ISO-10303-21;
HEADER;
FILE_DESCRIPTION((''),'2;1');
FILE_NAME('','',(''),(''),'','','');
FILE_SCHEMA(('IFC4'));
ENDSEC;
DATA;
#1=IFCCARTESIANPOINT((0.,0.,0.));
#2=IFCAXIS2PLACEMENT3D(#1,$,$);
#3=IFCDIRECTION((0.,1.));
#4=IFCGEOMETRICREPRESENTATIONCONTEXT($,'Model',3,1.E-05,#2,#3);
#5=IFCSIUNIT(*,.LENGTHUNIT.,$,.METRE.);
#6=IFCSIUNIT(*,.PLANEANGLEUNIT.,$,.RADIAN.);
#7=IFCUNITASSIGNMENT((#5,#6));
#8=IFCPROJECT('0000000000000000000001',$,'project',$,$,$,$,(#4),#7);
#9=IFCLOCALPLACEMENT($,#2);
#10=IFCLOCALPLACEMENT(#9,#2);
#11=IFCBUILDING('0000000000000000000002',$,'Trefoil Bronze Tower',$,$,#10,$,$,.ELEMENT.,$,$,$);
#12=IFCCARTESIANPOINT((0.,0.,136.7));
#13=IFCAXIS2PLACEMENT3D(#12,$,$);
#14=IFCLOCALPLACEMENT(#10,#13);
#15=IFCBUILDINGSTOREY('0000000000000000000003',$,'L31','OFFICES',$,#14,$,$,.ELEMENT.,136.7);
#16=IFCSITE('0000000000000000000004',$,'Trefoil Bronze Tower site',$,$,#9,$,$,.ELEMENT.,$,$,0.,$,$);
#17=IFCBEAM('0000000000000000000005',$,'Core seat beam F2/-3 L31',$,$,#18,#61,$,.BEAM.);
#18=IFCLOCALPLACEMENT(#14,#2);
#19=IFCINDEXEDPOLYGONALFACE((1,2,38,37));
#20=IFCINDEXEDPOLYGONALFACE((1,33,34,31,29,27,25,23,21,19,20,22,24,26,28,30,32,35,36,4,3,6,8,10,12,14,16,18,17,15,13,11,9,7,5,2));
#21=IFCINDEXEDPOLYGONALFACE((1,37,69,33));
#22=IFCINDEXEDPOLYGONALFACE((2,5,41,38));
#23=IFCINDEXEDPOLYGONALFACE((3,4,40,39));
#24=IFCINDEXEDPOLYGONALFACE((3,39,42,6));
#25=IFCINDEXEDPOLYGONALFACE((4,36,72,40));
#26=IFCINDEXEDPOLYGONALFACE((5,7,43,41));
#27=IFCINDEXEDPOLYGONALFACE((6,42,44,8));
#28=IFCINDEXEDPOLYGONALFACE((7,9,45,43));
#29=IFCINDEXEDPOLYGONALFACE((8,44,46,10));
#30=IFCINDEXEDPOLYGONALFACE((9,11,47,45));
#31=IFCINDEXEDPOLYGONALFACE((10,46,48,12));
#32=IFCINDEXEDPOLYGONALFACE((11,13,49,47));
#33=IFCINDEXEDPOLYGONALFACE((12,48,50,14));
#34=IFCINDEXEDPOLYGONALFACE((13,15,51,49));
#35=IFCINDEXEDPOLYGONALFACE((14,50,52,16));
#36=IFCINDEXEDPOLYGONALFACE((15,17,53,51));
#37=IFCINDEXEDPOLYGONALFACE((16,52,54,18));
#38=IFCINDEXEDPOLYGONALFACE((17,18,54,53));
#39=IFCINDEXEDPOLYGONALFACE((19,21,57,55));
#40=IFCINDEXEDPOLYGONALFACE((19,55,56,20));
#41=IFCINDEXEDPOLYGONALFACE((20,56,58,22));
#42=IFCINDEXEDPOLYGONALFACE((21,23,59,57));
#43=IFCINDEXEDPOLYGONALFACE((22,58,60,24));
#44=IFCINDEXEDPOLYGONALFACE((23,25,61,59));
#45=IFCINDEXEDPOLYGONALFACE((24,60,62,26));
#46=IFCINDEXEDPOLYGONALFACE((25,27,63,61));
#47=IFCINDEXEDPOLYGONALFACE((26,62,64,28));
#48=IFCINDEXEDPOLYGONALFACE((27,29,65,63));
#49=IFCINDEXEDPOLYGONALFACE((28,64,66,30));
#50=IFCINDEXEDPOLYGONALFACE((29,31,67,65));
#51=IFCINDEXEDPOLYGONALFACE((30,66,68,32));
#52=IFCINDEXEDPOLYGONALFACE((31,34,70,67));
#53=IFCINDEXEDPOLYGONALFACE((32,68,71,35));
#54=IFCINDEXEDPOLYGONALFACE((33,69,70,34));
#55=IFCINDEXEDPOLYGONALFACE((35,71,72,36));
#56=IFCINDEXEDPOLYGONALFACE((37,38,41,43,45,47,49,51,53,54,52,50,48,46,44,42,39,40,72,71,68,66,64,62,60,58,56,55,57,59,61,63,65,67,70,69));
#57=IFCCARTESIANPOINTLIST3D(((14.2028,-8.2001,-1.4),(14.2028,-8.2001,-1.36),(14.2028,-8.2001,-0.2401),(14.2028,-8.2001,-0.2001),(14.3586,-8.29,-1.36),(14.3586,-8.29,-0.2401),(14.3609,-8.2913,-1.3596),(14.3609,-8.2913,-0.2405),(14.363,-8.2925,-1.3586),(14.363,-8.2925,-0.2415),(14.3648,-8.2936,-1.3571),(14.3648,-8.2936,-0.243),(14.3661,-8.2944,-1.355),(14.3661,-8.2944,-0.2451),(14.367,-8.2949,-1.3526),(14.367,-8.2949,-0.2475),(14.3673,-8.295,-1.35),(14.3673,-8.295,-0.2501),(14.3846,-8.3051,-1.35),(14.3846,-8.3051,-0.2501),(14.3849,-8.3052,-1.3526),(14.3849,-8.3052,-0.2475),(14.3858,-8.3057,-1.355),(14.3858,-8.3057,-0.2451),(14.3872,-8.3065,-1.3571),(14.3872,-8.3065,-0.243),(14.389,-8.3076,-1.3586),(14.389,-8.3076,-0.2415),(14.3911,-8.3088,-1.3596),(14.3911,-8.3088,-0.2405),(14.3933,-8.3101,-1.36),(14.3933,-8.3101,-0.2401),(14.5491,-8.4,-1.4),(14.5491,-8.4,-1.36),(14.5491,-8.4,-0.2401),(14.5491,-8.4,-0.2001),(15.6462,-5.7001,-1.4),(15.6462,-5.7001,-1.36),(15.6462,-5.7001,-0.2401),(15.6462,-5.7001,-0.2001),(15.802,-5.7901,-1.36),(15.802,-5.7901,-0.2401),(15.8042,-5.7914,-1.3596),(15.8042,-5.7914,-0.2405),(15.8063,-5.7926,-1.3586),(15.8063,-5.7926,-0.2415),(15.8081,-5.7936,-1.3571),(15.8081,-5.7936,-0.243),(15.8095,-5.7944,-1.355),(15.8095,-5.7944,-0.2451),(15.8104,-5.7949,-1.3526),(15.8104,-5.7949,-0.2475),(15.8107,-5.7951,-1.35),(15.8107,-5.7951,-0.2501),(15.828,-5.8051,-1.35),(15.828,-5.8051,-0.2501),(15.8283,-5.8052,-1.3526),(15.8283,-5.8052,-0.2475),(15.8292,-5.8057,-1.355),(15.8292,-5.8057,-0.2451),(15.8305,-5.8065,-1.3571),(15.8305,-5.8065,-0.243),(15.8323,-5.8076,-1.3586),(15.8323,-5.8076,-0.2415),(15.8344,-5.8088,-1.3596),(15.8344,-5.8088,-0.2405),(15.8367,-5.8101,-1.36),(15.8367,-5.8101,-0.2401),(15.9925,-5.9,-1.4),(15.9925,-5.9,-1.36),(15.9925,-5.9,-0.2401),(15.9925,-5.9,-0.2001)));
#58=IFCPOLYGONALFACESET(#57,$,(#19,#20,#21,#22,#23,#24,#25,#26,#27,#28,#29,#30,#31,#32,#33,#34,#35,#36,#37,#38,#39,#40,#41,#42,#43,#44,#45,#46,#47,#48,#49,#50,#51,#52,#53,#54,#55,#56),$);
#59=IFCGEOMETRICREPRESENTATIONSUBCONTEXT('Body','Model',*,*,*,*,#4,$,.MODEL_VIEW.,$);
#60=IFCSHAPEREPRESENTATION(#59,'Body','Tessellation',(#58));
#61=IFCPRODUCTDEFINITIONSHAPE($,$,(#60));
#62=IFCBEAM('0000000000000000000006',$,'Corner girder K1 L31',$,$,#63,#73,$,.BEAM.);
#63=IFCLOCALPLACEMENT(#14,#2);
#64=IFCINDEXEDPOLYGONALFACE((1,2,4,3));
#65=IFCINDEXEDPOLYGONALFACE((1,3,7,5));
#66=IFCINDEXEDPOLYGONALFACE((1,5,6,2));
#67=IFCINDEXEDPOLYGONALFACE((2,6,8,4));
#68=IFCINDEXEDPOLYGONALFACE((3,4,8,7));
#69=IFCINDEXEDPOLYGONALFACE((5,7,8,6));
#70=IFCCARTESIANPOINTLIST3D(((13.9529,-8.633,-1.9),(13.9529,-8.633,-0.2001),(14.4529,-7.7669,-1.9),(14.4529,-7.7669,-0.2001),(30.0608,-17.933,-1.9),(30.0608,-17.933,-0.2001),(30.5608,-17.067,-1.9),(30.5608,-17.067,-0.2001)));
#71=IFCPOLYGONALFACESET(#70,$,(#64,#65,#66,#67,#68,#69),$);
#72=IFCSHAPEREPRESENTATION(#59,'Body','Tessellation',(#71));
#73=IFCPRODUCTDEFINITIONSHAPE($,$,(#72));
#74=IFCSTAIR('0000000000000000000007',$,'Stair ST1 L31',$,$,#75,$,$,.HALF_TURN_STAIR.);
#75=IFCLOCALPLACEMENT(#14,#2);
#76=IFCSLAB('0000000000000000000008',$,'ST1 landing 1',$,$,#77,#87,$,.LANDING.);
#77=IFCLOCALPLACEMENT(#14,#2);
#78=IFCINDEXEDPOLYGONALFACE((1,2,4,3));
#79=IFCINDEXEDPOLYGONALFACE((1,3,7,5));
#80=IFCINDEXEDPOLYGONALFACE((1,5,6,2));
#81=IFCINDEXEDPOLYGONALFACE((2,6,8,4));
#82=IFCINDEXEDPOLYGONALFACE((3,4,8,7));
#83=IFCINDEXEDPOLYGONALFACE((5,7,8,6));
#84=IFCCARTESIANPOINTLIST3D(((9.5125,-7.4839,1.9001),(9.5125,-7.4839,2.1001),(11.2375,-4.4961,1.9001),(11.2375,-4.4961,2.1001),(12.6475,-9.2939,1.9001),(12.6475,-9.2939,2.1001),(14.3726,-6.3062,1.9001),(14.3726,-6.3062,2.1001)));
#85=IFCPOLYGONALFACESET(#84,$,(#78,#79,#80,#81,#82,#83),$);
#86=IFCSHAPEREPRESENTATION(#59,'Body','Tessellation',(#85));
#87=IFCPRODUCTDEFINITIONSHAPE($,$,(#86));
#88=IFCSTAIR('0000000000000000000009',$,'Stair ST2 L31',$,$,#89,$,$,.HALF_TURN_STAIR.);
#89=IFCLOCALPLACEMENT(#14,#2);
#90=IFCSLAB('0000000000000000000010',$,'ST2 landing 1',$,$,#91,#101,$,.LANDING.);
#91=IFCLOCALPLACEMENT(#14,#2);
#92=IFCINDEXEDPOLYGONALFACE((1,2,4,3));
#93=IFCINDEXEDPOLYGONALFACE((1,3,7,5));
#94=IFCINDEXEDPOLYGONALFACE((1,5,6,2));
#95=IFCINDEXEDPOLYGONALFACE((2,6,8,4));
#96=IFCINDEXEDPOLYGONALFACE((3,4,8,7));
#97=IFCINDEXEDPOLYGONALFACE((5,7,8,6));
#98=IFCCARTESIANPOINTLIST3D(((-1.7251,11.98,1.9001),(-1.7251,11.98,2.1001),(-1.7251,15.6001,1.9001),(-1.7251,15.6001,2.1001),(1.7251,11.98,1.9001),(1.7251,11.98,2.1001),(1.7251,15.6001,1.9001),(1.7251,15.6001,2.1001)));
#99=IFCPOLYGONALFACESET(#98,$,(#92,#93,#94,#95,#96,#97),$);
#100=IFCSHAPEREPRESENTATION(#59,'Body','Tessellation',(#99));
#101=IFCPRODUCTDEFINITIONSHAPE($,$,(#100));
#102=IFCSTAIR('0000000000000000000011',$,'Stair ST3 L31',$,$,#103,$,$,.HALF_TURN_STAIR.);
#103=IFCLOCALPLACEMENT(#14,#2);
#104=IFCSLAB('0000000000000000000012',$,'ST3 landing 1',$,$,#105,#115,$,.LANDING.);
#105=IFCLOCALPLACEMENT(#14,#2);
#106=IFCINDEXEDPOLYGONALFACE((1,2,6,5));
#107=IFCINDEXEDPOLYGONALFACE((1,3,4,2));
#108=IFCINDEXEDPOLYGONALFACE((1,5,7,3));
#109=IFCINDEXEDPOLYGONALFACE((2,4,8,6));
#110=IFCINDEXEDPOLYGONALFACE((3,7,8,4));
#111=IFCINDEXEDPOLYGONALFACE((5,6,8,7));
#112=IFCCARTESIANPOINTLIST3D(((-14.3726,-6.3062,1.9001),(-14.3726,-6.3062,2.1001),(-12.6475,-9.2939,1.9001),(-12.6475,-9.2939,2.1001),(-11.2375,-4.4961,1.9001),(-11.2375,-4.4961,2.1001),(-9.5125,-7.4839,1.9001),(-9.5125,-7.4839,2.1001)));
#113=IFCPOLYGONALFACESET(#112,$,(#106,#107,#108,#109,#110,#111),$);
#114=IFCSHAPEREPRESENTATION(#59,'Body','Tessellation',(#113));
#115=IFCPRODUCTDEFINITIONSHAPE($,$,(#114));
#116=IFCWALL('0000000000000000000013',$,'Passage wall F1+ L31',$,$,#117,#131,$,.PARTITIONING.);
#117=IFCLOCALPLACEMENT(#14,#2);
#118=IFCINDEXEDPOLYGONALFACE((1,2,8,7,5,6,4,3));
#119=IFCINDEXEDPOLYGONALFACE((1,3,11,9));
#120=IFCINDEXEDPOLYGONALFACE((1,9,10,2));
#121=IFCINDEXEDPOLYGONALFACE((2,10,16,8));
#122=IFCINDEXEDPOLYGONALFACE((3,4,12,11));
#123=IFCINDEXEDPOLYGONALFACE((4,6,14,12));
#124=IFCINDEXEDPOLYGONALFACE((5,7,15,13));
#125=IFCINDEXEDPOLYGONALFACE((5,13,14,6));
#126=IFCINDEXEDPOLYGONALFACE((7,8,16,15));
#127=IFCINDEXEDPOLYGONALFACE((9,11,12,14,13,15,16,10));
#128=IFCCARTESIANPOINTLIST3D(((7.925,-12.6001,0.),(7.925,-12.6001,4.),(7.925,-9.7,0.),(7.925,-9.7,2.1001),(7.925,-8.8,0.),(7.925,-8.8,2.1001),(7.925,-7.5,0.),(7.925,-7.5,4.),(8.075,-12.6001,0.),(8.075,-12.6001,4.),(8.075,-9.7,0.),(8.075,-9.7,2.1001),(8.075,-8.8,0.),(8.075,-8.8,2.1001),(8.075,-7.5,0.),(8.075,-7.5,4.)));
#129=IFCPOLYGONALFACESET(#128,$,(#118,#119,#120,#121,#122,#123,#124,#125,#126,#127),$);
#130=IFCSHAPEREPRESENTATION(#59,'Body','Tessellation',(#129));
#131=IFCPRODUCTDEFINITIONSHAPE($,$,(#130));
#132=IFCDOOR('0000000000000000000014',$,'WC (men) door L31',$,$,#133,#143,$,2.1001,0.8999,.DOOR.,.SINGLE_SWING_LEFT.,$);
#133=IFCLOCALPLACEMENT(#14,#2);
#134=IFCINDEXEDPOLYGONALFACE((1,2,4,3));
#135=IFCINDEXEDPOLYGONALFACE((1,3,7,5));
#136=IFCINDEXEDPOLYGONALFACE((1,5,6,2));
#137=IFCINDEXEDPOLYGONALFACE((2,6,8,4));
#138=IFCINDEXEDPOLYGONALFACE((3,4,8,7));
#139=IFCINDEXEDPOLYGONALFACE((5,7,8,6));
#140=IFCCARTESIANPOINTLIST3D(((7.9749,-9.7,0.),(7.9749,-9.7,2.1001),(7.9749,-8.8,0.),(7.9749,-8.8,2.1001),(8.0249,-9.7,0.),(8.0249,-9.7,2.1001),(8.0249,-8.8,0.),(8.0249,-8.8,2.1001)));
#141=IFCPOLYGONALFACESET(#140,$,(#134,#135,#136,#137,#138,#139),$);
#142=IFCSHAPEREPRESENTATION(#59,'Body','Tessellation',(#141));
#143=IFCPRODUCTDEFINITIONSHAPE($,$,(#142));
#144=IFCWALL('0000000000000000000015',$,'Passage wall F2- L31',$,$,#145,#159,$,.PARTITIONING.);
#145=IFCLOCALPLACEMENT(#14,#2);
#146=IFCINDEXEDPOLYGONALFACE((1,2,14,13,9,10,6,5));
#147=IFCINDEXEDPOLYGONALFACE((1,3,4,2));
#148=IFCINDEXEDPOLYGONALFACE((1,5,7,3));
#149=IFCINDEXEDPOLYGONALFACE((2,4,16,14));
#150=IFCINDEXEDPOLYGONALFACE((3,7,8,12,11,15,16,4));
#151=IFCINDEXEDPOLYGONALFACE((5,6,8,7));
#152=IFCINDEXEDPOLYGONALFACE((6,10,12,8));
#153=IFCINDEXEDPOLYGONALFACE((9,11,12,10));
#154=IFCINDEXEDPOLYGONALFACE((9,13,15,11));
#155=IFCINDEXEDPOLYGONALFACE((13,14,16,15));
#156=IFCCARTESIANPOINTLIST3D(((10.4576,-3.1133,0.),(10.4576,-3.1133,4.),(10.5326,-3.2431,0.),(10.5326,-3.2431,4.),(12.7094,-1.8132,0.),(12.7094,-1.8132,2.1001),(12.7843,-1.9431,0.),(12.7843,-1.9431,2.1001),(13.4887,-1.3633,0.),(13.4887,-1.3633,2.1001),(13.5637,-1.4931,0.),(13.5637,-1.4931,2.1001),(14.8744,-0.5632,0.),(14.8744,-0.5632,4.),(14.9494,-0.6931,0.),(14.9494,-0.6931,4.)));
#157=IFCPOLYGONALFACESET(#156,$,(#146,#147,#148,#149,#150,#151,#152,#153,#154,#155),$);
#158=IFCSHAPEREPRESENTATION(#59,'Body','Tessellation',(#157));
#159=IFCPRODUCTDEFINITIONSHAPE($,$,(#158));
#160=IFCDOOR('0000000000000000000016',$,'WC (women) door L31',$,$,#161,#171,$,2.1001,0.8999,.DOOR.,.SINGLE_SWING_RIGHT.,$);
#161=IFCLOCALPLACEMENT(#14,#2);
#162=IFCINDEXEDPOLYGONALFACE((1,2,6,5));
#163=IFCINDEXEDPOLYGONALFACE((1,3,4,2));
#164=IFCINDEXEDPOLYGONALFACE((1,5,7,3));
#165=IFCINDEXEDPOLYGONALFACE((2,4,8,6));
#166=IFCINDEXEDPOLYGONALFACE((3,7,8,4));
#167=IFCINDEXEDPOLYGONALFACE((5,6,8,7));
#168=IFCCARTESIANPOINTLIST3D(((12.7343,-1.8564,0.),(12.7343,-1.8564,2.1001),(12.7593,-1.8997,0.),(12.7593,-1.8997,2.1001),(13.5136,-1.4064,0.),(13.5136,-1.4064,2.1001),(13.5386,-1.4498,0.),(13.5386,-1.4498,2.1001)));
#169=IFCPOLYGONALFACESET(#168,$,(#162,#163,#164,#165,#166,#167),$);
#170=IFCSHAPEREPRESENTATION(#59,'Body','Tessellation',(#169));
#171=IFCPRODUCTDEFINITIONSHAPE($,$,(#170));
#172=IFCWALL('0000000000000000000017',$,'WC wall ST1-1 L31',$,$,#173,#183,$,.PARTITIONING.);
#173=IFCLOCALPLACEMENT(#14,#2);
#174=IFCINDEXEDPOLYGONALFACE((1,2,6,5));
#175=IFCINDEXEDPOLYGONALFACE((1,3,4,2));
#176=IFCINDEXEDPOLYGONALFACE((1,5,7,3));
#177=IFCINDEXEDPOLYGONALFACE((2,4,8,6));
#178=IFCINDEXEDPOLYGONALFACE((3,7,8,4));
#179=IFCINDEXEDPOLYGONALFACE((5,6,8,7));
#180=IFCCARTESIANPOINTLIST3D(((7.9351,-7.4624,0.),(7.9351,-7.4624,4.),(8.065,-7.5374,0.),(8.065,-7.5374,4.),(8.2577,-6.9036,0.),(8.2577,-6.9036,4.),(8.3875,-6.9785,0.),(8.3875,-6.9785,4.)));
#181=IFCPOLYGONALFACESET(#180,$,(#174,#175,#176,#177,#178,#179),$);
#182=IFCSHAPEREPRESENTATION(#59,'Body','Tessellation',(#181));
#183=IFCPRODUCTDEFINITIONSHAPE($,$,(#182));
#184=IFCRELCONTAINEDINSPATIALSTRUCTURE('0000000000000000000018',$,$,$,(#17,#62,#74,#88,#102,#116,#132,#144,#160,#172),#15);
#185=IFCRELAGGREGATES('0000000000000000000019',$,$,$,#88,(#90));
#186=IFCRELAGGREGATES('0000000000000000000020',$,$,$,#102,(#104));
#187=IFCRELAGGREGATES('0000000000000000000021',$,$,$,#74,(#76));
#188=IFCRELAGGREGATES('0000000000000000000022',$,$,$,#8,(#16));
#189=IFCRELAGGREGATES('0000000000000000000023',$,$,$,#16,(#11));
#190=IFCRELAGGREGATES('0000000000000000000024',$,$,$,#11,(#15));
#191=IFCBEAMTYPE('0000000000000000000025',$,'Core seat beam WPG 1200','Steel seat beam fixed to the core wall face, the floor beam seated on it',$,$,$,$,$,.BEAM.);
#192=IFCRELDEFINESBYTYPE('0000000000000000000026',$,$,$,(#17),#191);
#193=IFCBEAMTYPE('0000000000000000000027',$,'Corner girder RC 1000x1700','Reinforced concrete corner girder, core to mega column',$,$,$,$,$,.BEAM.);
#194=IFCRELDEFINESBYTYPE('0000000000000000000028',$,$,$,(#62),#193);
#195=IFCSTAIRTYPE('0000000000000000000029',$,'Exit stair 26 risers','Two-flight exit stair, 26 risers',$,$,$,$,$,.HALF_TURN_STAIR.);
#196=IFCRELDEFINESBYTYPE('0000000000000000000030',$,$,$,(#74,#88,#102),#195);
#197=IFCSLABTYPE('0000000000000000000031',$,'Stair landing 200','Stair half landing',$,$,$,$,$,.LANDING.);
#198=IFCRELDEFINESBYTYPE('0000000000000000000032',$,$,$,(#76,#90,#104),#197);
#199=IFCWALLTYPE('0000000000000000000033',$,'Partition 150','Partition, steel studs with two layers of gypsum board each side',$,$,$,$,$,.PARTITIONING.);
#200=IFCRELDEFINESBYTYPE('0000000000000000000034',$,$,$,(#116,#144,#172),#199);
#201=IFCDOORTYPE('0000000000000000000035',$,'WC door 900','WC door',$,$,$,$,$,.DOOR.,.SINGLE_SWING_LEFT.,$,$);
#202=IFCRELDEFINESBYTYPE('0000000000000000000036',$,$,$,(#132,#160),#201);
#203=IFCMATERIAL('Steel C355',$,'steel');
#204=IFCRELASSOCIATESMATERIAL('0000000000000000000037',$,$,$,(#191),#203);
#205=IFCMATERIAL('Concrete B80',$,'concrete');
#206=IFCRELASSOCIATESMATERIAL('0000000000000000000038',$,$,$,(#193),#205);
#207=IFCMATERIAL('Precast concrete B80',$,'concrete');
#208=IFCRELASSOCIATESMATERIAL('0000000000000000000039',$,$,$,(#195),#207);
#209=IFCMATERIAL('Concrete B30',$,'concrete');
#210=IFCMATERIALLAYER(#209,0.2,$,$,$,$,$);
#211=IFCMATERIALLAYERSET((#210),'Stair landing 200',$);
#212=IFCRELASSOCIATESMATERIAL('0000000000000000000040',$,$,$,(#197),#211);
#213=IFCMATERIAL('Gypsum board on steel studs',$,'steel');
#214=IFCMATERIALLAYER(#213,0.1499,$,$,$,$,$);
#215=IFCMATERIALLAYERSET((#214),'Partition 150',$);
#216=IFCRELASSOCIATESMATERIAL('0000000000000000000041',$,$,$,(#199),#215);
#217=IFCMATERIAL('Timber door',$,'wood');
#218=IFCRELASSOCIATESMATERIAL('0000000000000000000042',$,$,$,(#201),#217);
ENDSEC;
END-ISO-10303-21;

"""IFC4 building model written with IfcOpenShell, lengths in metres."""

from ifc_helpers import new_model, si_unit, direction, frame, frame_2d, origin, origin_2d, place, context, subcontext, project, spatial, polyline, rectangle, i_section, outline, extrude, material, layer, layer_set, material_profile, profile_set, type_object, element, fill, aggregate, save


model = new_model("IFC4")

# Units and contexts
model_context = context("Model", 3, precision=1e-05, world=origin(), true_north=direction((0.0, 1.0)))
body_context = subcontext(model_context, "Body", "Model", "MODEL_VIEW")
ifc_project = project(units=[si_unit("LENGTHUNIT", "METRE"), si_unit("PLANEANGLEUNIT", "RADIAN")], contexts=[model_context])

# Site, building, storey
site_placement = place(None, origin())
site = spatial("IfcSite", under=ifc_project, at=site_placement, Name="Trefoil Bronze Tower site", CompositionType="ELEMENT", RefElevation=0.0)
building_placement = place(site_placement, origin())
building = spatial("IfcBuilding", under=site, at=building_placement, Name="Trefoil Bronze Tower", CompositionType="ELEMENT")
storey_placement = place(building_placement, frame((0.0, 0.0, 136.7)))
storey = spatial("IfcBuildingStorey", under=building, at=storey_placement, Name="L31", Description="OFFICES", CompositionType="ELEMENT", Elevation=136.7)

# Beams
ifc_material_1 = material(Name="Steel C355", Category="steel")
ifc_material_profile_1 = material_profile(ifc_material_1, i_section(OverallWidth=0.3999, OverallDepth=1.2, WebThickness=0.02, FlangeThickness=0.04, FilletRadius=0.01, at=origin_2d()), Name="WPG 1200")
ifc_profile_set_1 = profile_set([ifc_material_profile_1], Name="Steel C355")
beam_type_1 = type_object("IfcBeamType", Name="Core seat beam WPG 1200", Description="Steel seat beam fixed to the core wall face, the floor beam seated on it", PredefinedType="BEAM", material=ifc_profile_set_1)
beam_1_placement = place(storey_placement, frame((14.376, -8.3, -0.8), z_axis=(0.499996, 0.866028, 0.0), x_axis=(-0.866028, 0.499996, 0.0)))
element("IfcBeam", 1, at=beam_1_placement, inside=storey, type_object=beam_type_1, Name="Core seat beam F2/-3 L31", PredefinedType="BEAM", context=body_context, shape_type="SweptSolid", body=[
    extrude(i_section(OverallWidth=0.3999, OverallDepth=1.2, WebThickness=0.02, FlangeThickness=0.04, FilletRadius=0.01, at=origin_2d()), origin(), (0.0, 0.0, 1.0), 2.8867),
])
ifc_material_2 = material(Name="Concrete B80", Category="concrete")
ifc_material_profile_2 = material_profile(ifc_material_2, rectangle(XDim=1.0, YDim=1.7, at=origin_2d()), Name="RC 1000x1700")
ifc_profile_set_2 = profile_set([ifc_material_profile_2], Name="Concrete B80")
beam_type_2 = type_object("IfcBeamType", Name="Corner girder RC 1000x1700", Description="Reinforced concrete corner girder, core to mega column", PredefinedType="BEAM", material=ifc_profile_set_2)
beam_2_placement = place(storey_placement, frame((14.2029, -8.2, -1.05), z_axis=(0.866022, -0.500006, 0.0), x_axis=(0.500006, 0.866022, 0.0)))
element("IfcBeam", 2, at=beam_2_placement, inside=storey, type_object=beam_type_2, Name="Corner girder K1 L31", PredefinedType="BEAM", context=body_context, shape_type="SweptSolid", body=[
    extrude(rectangle(XDim=1.0, YDim=1.7, at=origin_2d()), origin(), (0.0, 0.0, 1.0), 18.5999),
])

# Stairs, slabs
ifc_material_3 = material(Name="Precast concrete B80", Category="concrete")
stair_type = type_object("IfcStairType", Name="Exit stair 26 risers", Description="Two-flight exit stair, 26 risers", PredefinedType="HALF_TURN_STAIR", material=ifc_material_3)
stair_1_placement = place(storey_placement, origin())
stair_1 = element("IfcStair", 3, at=stair_1_placement, inside=storey, type_object=stair_type, Name="Stair ST1 L31", PredefinedType="HALF_TURN_STAIR")
ifc_material_4 = material(Name="Concrete B30", Category="concrete")
ifc_layer_1 = layer(ifc_material_4, 0.2)
ifc_layer_set_1 = layer_set([ifc_layer_1], Name="Stair landing 200")
slab_type = type_object("IfcSlabType", Name="Stair landing 200", Description="Stair half landing", PredefinedType="LANDING", material=ifc_layer_set_1)
slab_1_placement = place(storey_placement, frame((0.0, 0.0, 1.9001)))
slab_1 = element("IfcSlab", 4, at=slab_1_placement, type_object=slab_type, Name="ST1 landing 1", PredefinedType="LANDING", context=body_context, shape_type="SweptSolid", body=[
    extrude(outline(polyline([(9.5125, -7.4839), (12.6475, -9.2939), (14.3726, -6.3062), (11.2375, -4.4961), (9.5125, -7.4839)])), origin(), (0.0, 0.0, 1.0), 0.2),
])
stair_2_placement = place(storey_placement, origin())
stair_2 = element("IfcStair", 5, at=stair_2_placement, inside=storey, type_object=stair_type, Name="Stair ST2 L31", PredefinedType="HALF_TURN_STAIR")
slab_2_placement = place(storey_placement, frame((0.0, 0.0, 1.9001)))
slab_2 = element("IfcSlab", 6, at=slab_2_placement, type_object=slab_type, Name="ST2 landing 1", PredefinedType="LANDING", context=body_context, shape_type="SweptSolid", body=[
    extrude(outline(polyline([(1.7251, 11.98), (1.7251, 15.6001), (-1.7251, 15.6001), (-1.7251, 11.98), (1.7251, 11.98)])), origin(), (0.0, 0.0, 1.0), 0.2),
])
aggregate(stair_2, [slab_2])
stair_3_placement = place(storey_placement, origin())
stair_3 = element("IfcStair", 7, at=stair_3_placement, inside=storey, type_object=stair_type, Name="Stair ST3 L31", PredefinedType="HALF_TURN_STAIR")
slab_3_placement = place(storey_placement, frame((0.0, 0.0, 1.9001)))
slab_3 = element("IfcSlab", 8, at=slab_3_placement, type_object=slab_type, Name="ST3 landing 1", PredefinedType="LANDING", context=body_context, shape_type="SweptSolid", body=[
    extrude(outline(polyline([(-11.2375, -4.4961), (-14.3726, -6.3062), (-12.6475, -9.2939), (-9.5125, -7.4839), (-11.2375, -4.4961)])), origin(), (0.0, 0.0, 1.0), 0.2),
])
aggregate(stair_3, [slab_3])

# Walls, openings, doors
ifc_material_5 = material(Name="Gypsum board on steel studs", Category="steel")
ifc_layer_2 = layer(ifc_material_5, 0.1499)
ifc_layer_set_2 = layer_set([ifc_layer_2], Name="Partition 150")
wall_type_1 = type_object("IfcWallType", Name="Partition 150", Description="Partition, steel studs with two layers of gypsum board each side", PredefinedType="PARTITIONING", material=ifc_layer_set_2)
wall_1_placement = place(storey_placement, frame((8.0, -7.5, 0.0), z_axis=(0.0, 0.0, 1.0), x_axis=(0.0, -1.0, 0.0)))
wall_1 = element("IfcWall", 9, at=wall_1_placement, inside=storey, type_object=wall_type_1, Name="Passage wall F1+ L31", PredefinedType="PARTITIONING", context=body_context, shape_type="SweptSolid", body=[
    extrude(rectangle(XDim=5.1001, YDim=0.1499, at=frame_2d((2.55, 0.0))), origin(), (0.0, 0.0, 1.0), 4.0),
])
opening_1_placement = place(wall_1_placement, frame((1.3, 0.0, 0.0)))
opening_1 = element("IfcOpeningElement", 10, at=opening_1_placement, cuts=wall_1, PredefinedType="OPENING", context=body_context, shape_type="SweptSolid", body=[
    extrude(rectangle(XDim=0.8999, YDim=2.1001, at=frame_2d((0.45, 1.05))), frame((0.0, 0.085, 0.0), z_axis=(0.0, -1.0, 0.0), x_axis=(1.0, 0.0, 0.0)), (0.0, 0.0, 1.0), 0.1699),
])
ifc_material_6 = material(Name="Timber door", Category="wood")
door_type_1 = type_object("IfcDoorType", Name="WC door 900", Description="WC door", OperationType="SINGLE_SWING_LEFT", PredefinedType="DOOR", material=ifc_material_6)
door_1_placement = place(opening_1_placement, origin())
door_1 = element("IfcDoor", 11, at=door_1_placement, inside=storey, type_object=door_type_1, Name="WC (men) door L31", OperationType="SINGLE_SWING_LEFT", OverallHeight=2.1001, OverallWidth=0.8999, PredefinedType="DOOR", context=body_context, shape_type="SweptSolid", body=[
    extrude(rectangle(XDim=0.8999, YDim=2.1001, at=frame_2d((0.45, 1.05))), frame((0.0, 0.0249, 0.0), z_axis=(0.0, -1.0, 0.0), x_axis=(1.0, 0.0, 0.0)), (0.0, 0.0, 1.0), 0.05),
])
fill(opening_1, door_1)
wall_2_placement = place(storey_placement, frame((10.4951, -3.1782, 0.0), z_axis=(0.0, 0.0, 1.0), x_axis=(0.866022, 0.500006, 0.0)))
wall_2 = element("IfcWall", 12, at=wall_2_placement, inside=storey, type_object=wall_type_1, Name="Passage wall F2- L31", PredefinedType="PARTITIONING", context=body_context, shape_type="SweptSolid", body=[
    extrude(rectangle(XDim=5.1001, YDim=0.1499, at=frame_2d((2.55, 0.0))), origin(), (0.0, 0.0, 1.0), 4.0),
])
opening_2_placement = place(wall_2_placement, frame((2.6001, 0.0, 0.0)))
opening_2 = element("IfcOpeningElement", 13, at=opening_2_placement, cuts=wall_2, PredefinedType="OPENING", context=body_context, shape_type="SweptSolid", body=[
    extrude(rectangle(XDim=0.8999, YDim=2.1001, at=frame_2d((0.45, 1.05))), frame((0.0, 0.085, 0.0), z_axis=(0.0, -1.0, 0.0), x_axis=(1.0, 0.0, 0.0)), (0.0, 0.0, 1.0), 0.1699),
])
door_2_placement = place(opening_2_placement, frame((0.8999, 0.0, 0.0), z_axis=(0.0, 0.0, 1.0), x_axis=(-1.0, 0.0, 0.0)))
door_2 = element("IfcDoor", 14, at=door_2_placement, inside=storey, type_object=door_type_1, Name="WC (women) door L31", OperationType="SINGLE_SWING_RIGHT", OverallHeight=2.1001, OverallWidth=0.8999, PredefinedType="DOOR", context=body_context, shape_type="SweptSolid", body=[
    extrude(rectangle(XDim=0.8999, YDim=2.1001, at=frame_2d((0.45, 1.05))), frame((0.0, 0.0249, 0.0), z_axis=(0.0, -1.0, 0.0), x_axis=(1.0, 0.0, 0.0)), (0.0, 0.0, 1.0), 0.05),
])
fill(opening_2, door_2)

# Wall
for number, where, z_axis, x_axis, name in (
    (15, (8.0, -7.5, 0.0), (0.0, 0.0, 1.0), (0.499843, 0.866116, 0.0), "WC wall ST1-1 L31"),
):
    element("IfcWall", number, at=place(storey_placement, frame(where, z_axis=z_axis, x_axis=x_axis)), inside=storey, type_object=wall_type_1, Name=name, PredefinedType="PARTITIONING", context=body_context, shape_type="SweptSolid", body=[
        extrude(rectangle(XDim=0.6453, YDim=0.1499, at=frame_2d((0.3228, 0.0))), origin(), (0.0, 0.0, 1.0), 4.0),
    ])

aggregate(stair_1, [slab_1])

save(model, "model.ifc")
